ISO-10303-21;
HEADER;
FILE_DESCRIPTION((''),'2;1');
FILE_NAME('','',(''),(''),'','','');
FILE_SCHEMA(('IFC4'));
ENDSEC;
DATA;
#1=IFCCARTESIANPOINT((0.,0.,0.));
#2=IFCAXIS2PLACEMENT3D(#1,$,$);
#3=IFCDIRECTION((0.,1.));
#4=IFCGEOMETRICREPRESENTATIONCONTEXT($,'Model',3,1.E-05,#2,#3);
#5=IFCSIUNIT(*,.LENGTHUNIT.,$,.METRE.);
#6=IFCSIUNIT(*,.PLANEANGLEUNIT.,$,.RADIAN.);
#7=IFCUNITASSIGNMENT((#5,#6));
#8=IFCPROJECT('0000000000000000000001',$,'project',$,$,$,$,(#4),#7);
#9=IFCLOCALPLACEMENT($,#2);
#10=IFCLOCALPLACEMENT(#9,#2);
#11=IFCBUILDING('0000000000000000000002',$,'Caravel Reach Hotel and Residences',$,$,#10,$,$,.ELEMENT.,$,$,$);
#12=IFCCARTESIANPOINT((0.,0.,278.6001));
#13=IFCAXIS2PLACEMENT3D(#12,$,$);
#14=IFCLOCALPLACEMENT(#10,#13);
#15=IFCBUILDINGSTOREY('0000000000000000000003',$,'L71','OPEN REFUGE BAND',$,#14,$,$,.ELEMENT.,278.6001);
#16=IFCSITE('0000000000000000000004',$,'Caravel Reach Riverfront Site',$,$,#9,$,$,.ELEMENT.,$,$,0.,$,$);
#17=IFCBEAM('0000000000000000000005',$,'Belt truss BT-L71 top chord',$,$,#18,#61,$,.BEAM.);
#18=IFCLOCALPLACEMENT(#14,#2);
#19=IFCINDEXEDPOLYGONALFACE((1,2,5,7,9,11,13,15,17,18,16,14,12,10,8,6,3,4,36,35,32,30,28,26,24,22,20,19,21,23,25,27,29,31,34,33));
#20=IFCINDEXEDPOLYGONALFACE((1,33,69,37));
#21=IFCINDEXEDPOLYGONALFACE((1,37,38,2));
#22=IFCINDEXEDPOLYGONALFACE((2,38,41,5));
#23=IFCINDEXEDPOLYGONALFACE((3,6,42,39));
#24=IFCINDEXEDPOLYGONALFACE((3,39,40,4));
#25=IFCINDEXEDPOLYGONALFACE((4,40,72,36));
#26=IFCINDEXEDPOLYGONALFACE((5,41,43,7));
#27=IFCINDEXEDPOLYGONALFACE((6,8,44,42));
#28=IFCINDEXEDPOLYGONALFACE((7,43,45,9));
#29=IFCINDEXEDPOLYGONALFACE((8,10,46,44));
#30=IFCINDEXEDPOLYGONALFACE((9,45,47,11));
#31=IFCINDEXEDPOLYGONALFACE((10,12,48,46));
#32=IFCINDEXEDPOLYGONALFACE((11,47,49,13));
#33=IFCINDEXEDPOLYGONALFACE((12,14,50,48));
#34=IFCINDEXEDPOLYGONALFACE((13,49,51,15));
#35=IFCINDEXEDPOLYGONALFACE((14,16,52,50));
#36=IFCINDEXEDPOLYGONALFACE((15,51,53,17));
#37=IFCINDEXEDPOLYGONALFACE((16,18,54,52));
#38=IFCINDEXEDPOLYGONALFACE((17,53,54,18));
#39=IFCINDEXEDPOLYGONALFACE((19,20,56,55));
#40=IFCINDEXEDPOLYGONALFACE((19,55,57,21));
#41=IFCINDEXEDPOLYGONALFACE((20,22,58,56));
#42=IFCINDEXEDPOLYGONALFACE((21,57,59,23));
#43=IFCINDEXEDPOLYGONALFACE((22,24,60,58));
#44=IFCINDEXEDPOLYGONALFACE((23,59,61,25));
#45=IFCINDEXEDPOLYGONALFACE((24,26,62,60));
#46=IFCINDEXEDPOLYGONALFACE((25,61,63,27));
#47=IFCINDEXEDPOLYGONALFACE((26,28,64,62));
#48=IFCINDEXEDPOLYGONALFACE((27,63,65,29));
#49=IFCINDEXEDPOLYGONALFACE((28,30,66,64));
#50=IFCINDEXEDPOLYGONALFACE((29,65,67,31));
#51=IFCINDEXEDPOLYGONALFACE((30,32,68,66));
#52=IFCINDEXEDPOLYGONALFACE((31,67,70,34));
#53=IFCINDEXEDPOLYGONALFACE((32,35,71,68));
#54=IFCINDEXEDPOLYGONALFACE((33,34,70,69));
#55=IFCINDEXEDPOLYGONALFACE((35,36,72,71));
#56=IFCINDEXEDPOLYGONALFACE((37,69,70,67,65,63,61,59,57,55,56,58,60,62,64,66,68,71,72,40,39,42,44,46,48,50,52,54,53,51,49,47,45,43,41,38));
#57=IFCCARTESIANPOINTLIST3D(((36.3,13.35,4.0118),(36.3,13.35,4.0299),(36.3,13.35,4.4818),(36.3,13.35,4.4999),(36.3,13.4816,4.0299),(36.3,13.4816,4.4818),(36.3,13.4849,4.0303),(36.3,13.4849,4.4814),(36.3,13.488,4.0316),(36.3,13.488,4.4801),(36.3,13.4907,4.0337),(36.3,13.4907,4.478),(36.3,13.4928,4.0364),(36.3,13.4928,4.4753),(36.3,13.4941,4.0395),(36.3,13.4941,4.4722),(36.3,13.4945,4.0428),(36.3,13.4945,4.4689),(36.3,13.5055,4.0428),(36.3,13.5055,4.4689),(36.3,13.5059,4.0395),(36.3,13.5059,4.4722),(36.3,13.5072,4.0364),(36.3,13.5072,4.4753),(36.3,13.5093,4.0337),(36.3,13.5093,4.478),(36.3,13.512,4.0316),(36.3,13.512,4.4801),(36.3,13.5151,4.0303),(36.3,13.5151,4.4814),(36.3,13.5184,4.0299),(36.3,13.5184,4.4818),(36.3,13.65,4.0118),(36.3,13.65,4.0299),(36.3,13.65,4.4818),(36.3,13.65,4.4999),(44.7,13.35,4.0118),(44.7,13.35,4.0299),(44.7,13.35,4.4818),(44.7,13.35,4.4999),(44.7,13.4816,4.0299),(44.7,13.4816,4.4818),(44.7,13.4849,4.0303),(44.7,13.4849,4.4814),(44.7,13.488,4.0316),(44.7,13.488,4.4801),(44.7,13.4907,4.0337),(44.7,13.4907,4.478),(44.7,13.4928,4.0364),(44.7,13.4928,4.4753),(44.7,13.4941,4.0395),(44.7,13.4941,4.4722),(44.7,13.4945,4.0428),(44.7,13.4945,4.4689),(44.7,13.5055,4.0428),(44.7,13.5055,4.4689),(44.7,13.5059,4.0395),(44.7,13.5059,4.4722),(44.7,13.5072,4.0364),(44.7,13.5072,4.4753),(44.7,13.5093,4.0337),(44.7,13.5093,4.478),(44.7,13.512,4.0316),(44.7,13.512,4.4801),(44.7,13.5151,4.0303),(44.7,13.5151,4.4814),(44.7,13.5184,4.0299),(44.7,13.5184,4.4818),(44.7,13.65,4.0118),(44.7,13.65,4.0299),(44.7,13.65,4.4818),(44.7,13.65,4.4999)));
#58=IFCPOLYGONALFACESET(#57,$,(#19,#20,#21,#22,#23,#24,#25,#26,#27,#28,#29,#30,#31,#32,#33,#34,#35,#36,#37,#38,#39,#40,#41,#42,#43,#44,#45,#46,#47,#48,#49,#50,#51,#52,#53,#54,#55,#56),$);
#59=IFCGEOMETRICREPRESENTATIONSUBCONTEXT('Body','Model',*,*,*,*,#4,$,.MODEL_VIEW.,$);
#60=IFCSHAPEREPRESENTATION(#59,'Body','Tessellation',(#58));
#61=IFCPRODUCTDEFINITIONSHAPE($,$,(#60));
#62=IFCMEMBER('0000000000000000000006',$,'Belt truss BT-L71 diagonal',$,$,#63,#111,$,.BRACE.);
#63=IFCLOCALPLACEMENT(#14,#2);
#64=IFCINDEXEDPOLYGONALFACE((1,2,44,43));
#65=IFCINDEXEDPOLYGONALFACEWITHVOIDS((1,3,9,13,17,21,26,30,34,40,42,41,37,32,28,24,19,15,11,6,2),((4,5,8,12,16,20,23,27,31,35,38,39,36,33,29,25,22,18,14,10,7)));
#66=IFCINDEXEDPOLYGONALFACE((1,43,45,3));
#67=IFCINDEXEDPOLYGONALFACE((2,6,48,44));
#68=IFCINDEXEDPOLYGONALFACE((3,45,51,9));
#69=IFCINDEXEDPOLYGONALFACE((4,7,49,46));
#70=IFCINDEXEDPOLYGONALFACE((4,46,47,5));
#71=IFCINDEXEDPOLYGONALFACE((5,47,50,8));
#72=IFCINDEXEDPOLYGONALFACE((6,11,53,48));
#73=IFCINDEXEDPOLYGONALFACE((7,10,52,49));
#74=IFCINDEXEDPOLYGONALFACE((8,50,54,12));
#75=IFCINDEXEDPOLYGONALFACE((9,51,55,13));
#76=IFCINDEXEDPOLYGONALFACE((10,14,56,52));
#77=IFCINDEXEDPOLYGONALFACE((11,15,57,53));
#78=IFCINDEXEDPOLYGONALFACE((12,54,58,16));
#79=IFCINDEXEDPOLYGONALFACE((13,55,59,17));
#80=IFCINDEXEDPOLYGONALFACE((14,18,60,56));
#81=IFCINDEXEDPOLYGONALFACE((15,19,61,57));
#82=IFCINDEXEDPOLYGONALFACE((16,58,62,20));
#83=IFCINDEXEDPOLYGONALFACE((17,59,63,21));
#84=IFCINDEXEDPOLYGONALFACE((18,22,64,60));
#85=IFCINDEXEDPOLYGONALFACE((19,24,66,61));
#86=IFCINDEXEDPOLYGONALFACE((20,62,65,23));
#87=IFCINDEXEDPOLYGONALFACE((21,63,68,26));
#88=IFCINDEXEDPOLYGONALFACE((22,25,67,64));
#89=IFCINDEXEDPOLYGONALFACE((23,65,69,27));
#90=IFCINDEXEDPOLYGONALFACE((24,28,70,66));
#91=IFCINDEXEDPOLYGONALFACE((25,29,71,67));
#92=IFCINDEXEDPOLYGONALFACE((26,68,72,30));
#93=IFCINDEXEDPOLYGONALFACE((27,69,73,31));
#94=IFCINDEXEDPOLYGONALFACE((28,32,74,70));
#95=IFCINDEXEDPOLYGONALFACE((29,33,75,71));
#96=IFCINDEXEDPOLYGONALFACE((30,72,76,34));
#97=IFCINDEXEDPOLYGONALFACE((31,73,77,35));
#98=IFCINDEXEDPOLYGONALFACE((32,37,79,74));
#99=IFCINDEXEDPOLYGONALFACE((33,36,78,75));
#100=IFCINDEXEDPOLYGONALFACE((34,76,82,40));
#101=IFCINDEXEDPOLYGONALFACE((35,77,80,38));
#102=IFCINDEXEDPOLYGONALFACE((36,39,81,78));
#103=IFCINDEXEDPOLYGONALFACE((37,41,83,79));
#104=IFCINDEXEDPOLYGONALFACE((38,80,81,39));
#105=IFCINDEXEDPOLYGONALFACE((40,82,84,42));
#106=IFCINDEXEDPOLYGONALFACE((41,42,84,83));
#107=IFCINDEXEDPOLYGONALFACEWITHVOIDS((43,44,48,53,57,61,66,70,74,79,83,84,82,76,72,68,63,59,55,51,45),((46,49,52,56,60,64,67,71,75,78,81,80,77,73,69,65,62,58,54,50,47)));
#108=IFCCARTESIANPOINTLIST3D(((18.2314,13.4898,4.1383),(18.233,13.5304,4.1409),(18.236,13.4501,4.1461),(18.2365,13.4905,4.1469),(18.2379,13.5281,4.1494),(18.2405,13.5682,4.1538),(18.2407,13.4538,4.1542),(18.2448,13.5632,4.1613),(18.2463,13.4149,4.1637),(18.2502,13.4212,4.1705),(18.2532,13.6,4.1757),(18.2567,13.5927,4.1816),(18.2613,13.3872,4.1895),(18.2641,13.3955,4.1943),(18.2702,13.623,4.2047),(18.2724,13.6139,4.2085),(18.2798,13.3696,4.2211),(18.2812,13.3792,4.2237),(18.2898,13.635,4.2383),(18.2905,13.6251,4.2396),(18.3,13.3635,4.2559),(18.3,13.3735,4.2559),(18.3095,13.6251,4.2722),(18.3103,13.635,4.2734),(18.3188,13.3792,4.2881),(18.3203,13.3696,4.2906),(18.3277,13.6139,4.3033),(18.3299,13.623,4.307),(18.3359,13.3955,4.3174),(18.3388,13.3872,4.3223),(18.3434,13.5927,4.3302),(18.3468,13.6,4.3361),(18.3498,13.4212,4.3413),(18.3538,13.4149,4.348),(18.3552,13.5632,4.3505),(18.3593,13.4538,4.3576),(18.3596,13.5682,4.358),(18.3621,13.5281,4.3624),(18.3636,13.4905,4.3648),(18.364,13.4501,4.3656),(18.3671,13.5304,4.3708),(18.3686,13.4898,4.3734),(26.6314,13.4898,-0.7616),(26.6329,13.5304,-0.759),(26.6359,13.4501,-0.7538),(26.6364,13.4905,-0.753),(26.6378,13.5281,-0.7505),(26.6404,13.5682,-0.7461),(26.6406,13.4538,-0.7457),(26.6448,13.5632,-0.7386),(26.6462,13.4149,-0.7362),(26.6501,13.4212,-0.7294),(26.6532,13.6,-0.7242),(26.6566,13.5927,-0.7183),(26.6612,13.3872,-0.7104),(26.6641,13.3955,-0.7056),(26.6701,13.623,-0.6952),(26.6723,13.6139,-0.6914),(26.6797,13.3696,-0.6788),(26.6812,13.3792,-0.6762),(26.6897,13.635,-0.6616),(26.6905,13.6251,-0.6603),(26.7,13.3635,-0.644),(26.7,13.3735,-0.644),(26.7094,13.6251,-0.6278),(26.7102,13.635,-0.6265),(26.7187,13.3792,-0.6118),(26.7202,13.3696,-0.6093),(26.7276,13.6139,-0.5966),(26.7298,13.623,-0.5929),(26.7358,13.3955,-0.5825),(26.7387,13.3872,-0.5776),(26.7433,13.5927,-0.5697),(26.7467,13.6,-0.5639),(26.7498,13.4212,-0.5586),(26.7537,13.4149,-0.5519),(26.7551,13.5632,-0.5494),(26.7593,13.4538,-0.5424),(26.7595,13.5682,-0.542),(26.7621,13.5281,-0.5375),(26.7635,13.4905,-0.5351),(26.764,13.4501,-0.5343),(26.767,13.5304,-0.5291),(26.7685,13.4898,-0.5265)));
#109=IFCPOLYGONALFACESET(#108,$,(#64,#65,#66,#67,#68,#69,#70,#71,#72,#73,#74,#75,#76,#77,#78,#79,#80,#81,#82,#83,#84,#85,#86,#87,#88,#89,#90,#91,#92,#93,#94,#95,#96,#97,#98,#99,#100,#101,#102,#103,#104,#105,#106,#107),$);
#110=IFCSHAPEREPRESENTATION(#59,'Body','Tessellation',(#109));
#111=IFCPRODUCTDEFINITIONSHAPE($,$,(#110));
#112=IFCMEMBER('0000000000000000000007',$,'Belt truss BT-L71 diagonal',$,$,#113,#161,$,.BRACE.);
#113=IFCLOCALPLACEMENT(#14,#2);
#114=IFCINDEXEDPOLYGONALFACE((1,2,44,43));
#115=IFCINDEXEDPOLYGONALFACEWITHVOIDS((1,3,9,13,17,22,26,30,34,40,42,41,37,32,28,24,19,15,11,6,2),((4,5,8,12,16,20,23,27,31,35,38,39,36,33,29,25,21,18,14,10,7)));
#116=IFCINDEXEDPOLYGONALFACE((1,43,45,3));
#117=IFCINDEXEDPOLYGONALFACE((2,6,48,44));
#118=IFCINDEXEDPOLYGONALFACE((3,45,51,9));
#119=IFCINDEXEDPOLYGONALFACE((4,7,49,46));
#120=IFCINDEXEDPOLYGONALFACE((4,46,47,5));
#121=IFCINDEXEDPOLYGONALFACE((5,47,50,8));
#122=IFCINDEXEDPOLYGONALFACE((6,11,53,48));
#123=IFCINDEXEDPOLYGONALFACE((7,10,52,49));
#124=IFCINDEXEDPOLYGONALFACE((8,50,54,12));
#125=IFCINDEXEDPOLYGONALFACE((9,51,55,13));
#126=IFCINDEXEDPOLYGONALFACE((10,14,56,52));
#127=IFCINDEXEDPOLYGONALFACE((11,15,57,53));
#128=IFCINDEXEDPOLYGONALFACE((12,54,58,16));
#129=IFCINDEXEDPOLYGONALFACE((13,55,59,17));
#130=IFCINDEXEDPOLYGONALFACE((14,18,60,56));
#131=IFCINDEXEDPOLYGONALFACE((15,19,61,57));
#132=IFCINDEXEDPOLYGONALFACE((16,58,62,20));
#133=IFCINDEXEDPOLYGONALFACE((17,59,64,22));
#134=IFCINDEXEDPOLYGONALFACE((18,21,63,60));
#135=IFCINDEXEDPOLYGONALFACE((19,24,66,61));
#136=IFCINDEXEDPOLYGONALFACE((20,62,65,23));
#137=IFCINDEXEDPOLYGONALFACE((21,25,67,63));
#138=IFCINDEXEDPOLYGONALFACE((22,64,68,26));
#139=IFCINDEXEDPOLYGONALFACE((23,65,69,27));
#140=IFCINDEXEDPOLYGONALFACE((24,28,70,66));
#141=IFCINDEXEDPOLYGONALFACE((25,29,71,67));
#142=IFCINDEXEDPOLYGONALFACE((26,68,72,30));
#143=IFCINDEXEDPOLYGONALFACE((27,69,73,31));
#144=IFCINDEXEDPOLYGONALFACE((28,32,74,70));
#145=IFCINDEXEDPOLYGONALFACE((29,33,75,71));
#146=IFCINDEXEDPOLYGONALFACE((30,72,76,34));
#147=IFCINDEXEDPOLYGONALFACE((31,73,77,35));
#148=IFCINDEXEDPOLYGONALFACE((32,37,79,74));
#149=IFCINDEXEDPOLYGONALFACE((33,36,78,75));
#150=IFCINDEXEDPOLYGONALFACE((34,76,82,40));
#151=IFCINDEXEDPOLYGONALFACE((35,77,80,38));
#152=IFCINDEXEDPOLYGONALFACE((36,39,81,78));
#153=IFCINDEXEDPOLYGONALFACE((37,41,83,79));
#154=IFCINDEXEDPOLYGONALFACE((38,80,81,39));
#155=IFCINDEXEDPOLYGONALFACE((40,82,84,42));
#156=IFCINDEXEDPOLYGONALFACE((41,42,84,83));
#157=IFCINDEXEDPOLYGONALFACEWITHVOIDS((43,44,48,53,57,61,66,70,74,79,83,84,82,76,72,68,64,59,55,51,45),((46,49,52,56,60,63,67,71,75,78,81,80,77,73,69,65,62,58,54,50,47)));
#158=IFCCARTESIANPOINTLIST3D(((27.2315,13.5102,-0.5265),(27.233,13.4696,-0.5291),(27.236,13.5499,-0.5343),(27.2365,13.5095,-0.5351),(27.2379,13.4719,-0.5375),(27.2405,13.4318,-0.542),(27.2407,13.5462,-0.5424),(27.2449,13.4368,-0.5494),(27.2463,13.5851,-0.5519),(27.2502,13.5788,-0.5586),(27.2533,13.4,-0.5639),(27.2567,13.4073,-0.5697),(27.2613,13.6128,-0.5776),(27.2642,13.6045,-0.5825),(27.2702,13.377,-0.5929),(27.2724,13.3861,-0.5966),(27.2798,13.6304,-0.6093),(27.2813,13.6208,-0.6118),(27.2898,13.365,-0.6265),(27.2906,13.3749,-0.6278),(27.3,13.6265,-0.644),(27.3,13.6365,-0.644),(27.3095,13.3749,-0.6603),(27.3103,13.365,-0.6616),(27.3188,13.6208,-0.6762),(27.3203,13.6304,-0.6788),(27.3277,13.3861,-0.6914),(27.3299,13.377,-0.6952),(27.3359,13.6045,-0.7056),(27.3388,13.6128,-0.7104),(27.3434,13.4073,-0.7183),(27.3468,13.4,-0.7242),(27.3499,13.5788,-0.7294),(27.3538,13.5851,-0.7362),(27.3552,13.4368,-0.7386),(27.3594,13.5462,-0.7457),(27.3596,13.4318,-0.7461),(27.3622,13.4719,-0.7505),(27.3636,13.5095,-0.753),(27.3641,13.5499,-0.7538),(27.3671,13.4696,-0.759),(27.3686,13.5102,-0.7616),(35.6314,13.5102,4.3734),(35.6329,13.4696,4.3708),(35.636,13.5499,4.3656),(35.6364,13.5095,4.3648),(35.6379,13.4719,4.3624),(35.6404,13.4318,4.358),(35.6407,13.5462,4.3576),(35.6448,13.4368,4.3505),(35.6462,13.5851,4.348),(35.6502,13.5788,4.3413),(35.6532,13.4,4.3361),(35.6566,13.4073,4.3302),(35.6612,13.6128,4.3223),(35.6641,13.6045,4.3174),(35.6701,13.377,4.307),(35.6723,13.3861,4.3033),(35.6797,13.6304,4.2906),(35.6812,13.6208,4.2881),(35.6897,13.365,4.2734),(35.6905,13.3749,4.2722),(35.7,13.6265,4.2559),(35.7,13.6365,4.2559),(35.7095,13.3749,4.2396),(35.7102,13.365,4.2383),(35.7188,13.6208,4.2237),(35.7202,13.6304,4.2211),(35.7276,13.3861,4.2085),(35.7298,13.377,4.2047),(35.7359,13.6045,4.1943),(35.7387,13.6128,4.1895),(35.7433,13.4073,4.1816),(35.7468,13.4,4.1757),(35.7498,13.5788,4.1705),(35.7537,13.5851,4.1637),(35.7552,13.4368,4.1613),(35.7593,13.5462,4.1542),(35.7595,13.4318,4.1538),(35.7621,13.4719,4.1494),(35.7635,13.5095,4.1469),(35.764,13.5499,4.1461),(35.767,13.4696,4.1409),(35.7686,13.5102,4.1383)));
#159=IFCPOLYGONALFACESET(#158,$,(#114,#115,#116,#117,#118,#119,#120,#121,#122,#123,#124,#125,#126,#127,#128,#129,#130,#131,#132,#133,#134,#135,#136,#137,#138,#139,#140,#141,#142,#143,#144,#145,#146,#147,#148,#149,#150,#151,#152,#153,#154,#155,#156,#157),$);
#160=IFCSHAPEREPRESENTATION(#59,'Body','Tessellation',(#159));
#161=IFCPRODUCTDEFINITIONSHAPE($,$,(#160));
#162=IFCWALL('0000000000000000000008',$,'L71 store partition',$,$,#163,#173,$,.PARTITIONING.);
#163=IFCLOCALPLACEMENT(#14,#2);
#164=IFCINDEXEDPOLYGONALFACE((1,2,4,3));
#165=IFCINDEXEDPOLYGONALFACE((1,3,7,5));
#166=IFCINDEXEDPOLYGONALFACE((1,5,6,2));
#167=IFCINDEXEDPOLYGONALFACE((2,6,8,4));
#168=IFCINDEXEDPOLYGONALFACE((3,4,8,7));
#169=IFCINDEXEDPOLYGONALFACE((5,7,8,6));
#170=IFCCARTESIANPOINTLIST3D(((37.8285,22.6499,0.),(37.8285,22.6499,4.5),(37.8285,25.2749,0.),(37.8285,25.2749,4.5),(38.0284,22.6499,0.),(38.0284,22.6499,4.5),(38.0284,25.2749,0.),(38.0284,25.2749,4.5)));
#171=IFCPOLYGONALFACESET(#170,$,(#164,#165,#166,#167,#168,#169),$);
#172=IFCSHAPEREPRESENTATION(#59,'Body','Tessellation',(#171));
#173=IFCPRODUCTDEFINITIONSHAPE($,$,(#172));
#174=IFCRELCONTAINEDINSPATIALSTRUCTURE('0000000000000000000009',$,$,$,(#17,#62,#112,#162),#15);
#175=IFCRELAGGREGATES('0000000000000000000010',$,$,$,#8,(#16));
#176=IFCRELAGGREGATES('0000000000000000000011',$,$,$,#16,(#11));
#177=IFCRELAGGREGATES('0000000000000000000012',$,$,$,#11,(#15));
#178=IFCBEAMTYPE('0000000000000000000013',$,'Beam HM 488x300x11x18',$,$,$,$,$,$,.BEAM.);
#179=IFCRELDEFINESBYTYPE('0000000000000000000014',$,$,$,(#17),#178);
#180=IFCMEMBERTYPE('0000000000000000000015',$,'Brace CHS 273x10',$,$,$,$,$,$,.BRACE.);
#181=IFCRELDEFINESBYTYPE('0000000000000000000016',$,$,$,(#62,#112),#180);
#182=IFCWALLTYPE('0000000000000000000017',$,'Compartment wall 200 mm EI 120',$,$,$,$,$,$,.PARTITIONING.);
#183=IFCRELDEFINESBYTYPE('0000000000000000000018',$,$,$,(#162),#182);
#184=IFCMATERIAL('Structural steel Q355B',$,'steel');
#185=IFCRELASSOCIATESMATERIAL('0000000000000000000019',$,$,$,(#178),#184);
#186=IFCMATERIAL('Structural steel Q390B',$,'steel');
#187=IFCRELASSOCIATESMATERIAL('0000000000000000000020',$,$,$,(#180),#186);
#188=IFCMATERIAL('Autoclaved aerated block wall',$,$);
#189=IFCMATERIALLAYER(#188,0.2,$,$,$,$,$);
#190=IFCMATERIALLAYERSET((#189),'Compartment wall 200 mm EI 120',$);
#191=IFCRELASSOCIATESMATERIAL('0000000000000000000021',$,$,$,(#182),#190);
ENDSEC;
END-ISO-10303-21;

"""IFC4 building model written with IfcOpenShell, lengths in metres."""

from ifc_helpers import new_model, si_unit, direction, frame, frame_2d, origin, origin_2d, place, context, subcontext, project, spatial, rectangle, hollow_circle, i_section, extrude, material, layer, layer_set, material_profile, profile_set, type_object, element, save


model = new_model("IFC4")

# Units and contexts
model_context = context("Model", 3, precision=1e-05, world=origin(), true_north=direction((0.0, 1.0)))
body_context = subcontext(model_context, "Body", "Model", "MODEL_VIEW")
ifc_project = project(units=[si_unit("LENGTHUNIT", "METRE"), si_unit("PLANEANGLEUNIT", "RADIAN")], contexts=[model_context])

# Site, building, storey
site_placement = place(None, origin())
site = spatial("IfcSite", under=ifc_project, at=site_placement, Name="Caravel Reach Riverfront Site", CompositionType="ELEMENT", RefElevation=0.0)
building_placement = place(site_placement, origin())
building = spatial("IfcBuilding", under=site, at=building_placement, Name="Caravel Reach Hotel and Residences", CompositionType="ELEMENT")
storey_placement = place(building_placement, frame((0.0, 0.0, 278.6001)))
storey = spatial("IfcBuildingStorey", under=building, at=storey_placement, Name="L71", Description="OPEN REFUGE BAND", CompositionType="ELEMENT", Elevation=278.6001)

# Beam
ifc_material_1 = material(Name="Structural steel Q355B", Category="steel")
ifc_material_profile_1 = material_profile(ifc_material_1, i_section(OverallWidth=0.3, OverallDepth=0.488, WebThickness=0.011, FlangeThickness=0.0181, FilletRadius=0.0129, at=origin_2d()), Name="HM 488x300x11x18")
ifc_profile_set_1 = profile_set([ifc_material_profile_1], Name="Structural steel Q355B")
beam_type = type_object("IfcBeamType", Name="Beam HM 488x300x11x18", PredefinedType="BEAM", material=ifc_profile_set_1)
for number, where, z_axis, x_axis, name in (
    (1, (36.3, 13.5, 4.2559), (1.0, 0.0, 0.0), (0.0, 1.0, 0.0), "Belt truss BT-L71 top chord"),
):
    element("IfcBeam", number, at=place(storey_placement, frame(where, z_axis=z_axis, x_axis=x_axis)), inside=storey, type_object=beam_type, Name=name, PredefinedType="BEAM", context=body_context, shape_type="SweptSolid", body=[
        extrude(i_section(OverallWidth=0.3, OverallDepth=0.488, WebThickness=0.011, FlangeThickness=0.0181, FilletRadius=0.0129, at=origin_2d()), origin(), (0.0, 0.0, 1.0), 8.3999),
    ])

# Members
ifc_material_2 = material(Name="Structural steel Q390B", Category="steel")
ifc_material_profile_2 = material_profile(ifc_material_2, hollow_circle(Radius=0.1365, WallThickness=0.01, at=origin_2d()), Name="CHS 273x10")
ifc_profile_set_2 = profile_set([ifc_material_profile_2], Name="Structural steel Q390B")
member_type = type_object("IfcMemberType", Name="Brace CHS 273x10", PredefinedType="BRACE", material=ifc_profile_set_2)
for number, where, z_axis, x_axis, name in (
    (2, (26.7, 13.5, -0.644), (-0.863781, 0.0, 0.503868), (0.0, -1.0, 0.0), "Belt truss BT-L71 diagonal"),
    (3, (27.3, 13.5, -0.644), (0.863781, 0.0, 0.503868), (0.0, 1.0, 0.0), "Belt truss BT-L71 diagonal"),
):
    element("IfcMember", number, at=place(storey_placement, frame(where, z_axis=z_axis, x_axis=x_axis)), inside=storey, type_object=member_type, Name=name, PredefinedType="BRACE", context=body_context, shape_type="SweptSolid", body=[
        extrude(hollow_circle(Radius=0.1365, WallThickness=0.01, at=origin_2d()), origin(), (0.0, 0.0, 1.0), 9.7246),
    ])

# Wall
ifc_material_3 = material(Name="Autoclaved aerated block wall")
ifc_layer_1 = layer(ifc_material_3, 0.2)
ifc_layer_set_1 = layer_set([ifc_layer_1], Name="Compartment wall 200 mm EI 120")
wall_type_1 = type_object("IfcWallType", Name="Compartment wall 200 mm EI 120", PredefinedType="PARTITIONING", material=ifc_layer_set_1)
wall_1_placement = place(storey_placement, frame((37.9285, 22.6499, 0.0), z_axis=(0.0, 0.0, 1.0), x_axis=(0.0, 1.0, 0.0)))
element("IfcWall", 4, at=wall_1_placement, inside=storey, type_object=wall_type_1, Name="L71 store partition", PredefinedType="PARTITIONING", context=body_context, shape_type="SweptSolid", body=[
    extrude(rectangle(XDim=2.625, YDim=0.2, at=frame_2d((1.3125, 0.0))), origin(), (0.0, 0.0, 1.0), 4.5),
])

save(model, "model.ifc")
